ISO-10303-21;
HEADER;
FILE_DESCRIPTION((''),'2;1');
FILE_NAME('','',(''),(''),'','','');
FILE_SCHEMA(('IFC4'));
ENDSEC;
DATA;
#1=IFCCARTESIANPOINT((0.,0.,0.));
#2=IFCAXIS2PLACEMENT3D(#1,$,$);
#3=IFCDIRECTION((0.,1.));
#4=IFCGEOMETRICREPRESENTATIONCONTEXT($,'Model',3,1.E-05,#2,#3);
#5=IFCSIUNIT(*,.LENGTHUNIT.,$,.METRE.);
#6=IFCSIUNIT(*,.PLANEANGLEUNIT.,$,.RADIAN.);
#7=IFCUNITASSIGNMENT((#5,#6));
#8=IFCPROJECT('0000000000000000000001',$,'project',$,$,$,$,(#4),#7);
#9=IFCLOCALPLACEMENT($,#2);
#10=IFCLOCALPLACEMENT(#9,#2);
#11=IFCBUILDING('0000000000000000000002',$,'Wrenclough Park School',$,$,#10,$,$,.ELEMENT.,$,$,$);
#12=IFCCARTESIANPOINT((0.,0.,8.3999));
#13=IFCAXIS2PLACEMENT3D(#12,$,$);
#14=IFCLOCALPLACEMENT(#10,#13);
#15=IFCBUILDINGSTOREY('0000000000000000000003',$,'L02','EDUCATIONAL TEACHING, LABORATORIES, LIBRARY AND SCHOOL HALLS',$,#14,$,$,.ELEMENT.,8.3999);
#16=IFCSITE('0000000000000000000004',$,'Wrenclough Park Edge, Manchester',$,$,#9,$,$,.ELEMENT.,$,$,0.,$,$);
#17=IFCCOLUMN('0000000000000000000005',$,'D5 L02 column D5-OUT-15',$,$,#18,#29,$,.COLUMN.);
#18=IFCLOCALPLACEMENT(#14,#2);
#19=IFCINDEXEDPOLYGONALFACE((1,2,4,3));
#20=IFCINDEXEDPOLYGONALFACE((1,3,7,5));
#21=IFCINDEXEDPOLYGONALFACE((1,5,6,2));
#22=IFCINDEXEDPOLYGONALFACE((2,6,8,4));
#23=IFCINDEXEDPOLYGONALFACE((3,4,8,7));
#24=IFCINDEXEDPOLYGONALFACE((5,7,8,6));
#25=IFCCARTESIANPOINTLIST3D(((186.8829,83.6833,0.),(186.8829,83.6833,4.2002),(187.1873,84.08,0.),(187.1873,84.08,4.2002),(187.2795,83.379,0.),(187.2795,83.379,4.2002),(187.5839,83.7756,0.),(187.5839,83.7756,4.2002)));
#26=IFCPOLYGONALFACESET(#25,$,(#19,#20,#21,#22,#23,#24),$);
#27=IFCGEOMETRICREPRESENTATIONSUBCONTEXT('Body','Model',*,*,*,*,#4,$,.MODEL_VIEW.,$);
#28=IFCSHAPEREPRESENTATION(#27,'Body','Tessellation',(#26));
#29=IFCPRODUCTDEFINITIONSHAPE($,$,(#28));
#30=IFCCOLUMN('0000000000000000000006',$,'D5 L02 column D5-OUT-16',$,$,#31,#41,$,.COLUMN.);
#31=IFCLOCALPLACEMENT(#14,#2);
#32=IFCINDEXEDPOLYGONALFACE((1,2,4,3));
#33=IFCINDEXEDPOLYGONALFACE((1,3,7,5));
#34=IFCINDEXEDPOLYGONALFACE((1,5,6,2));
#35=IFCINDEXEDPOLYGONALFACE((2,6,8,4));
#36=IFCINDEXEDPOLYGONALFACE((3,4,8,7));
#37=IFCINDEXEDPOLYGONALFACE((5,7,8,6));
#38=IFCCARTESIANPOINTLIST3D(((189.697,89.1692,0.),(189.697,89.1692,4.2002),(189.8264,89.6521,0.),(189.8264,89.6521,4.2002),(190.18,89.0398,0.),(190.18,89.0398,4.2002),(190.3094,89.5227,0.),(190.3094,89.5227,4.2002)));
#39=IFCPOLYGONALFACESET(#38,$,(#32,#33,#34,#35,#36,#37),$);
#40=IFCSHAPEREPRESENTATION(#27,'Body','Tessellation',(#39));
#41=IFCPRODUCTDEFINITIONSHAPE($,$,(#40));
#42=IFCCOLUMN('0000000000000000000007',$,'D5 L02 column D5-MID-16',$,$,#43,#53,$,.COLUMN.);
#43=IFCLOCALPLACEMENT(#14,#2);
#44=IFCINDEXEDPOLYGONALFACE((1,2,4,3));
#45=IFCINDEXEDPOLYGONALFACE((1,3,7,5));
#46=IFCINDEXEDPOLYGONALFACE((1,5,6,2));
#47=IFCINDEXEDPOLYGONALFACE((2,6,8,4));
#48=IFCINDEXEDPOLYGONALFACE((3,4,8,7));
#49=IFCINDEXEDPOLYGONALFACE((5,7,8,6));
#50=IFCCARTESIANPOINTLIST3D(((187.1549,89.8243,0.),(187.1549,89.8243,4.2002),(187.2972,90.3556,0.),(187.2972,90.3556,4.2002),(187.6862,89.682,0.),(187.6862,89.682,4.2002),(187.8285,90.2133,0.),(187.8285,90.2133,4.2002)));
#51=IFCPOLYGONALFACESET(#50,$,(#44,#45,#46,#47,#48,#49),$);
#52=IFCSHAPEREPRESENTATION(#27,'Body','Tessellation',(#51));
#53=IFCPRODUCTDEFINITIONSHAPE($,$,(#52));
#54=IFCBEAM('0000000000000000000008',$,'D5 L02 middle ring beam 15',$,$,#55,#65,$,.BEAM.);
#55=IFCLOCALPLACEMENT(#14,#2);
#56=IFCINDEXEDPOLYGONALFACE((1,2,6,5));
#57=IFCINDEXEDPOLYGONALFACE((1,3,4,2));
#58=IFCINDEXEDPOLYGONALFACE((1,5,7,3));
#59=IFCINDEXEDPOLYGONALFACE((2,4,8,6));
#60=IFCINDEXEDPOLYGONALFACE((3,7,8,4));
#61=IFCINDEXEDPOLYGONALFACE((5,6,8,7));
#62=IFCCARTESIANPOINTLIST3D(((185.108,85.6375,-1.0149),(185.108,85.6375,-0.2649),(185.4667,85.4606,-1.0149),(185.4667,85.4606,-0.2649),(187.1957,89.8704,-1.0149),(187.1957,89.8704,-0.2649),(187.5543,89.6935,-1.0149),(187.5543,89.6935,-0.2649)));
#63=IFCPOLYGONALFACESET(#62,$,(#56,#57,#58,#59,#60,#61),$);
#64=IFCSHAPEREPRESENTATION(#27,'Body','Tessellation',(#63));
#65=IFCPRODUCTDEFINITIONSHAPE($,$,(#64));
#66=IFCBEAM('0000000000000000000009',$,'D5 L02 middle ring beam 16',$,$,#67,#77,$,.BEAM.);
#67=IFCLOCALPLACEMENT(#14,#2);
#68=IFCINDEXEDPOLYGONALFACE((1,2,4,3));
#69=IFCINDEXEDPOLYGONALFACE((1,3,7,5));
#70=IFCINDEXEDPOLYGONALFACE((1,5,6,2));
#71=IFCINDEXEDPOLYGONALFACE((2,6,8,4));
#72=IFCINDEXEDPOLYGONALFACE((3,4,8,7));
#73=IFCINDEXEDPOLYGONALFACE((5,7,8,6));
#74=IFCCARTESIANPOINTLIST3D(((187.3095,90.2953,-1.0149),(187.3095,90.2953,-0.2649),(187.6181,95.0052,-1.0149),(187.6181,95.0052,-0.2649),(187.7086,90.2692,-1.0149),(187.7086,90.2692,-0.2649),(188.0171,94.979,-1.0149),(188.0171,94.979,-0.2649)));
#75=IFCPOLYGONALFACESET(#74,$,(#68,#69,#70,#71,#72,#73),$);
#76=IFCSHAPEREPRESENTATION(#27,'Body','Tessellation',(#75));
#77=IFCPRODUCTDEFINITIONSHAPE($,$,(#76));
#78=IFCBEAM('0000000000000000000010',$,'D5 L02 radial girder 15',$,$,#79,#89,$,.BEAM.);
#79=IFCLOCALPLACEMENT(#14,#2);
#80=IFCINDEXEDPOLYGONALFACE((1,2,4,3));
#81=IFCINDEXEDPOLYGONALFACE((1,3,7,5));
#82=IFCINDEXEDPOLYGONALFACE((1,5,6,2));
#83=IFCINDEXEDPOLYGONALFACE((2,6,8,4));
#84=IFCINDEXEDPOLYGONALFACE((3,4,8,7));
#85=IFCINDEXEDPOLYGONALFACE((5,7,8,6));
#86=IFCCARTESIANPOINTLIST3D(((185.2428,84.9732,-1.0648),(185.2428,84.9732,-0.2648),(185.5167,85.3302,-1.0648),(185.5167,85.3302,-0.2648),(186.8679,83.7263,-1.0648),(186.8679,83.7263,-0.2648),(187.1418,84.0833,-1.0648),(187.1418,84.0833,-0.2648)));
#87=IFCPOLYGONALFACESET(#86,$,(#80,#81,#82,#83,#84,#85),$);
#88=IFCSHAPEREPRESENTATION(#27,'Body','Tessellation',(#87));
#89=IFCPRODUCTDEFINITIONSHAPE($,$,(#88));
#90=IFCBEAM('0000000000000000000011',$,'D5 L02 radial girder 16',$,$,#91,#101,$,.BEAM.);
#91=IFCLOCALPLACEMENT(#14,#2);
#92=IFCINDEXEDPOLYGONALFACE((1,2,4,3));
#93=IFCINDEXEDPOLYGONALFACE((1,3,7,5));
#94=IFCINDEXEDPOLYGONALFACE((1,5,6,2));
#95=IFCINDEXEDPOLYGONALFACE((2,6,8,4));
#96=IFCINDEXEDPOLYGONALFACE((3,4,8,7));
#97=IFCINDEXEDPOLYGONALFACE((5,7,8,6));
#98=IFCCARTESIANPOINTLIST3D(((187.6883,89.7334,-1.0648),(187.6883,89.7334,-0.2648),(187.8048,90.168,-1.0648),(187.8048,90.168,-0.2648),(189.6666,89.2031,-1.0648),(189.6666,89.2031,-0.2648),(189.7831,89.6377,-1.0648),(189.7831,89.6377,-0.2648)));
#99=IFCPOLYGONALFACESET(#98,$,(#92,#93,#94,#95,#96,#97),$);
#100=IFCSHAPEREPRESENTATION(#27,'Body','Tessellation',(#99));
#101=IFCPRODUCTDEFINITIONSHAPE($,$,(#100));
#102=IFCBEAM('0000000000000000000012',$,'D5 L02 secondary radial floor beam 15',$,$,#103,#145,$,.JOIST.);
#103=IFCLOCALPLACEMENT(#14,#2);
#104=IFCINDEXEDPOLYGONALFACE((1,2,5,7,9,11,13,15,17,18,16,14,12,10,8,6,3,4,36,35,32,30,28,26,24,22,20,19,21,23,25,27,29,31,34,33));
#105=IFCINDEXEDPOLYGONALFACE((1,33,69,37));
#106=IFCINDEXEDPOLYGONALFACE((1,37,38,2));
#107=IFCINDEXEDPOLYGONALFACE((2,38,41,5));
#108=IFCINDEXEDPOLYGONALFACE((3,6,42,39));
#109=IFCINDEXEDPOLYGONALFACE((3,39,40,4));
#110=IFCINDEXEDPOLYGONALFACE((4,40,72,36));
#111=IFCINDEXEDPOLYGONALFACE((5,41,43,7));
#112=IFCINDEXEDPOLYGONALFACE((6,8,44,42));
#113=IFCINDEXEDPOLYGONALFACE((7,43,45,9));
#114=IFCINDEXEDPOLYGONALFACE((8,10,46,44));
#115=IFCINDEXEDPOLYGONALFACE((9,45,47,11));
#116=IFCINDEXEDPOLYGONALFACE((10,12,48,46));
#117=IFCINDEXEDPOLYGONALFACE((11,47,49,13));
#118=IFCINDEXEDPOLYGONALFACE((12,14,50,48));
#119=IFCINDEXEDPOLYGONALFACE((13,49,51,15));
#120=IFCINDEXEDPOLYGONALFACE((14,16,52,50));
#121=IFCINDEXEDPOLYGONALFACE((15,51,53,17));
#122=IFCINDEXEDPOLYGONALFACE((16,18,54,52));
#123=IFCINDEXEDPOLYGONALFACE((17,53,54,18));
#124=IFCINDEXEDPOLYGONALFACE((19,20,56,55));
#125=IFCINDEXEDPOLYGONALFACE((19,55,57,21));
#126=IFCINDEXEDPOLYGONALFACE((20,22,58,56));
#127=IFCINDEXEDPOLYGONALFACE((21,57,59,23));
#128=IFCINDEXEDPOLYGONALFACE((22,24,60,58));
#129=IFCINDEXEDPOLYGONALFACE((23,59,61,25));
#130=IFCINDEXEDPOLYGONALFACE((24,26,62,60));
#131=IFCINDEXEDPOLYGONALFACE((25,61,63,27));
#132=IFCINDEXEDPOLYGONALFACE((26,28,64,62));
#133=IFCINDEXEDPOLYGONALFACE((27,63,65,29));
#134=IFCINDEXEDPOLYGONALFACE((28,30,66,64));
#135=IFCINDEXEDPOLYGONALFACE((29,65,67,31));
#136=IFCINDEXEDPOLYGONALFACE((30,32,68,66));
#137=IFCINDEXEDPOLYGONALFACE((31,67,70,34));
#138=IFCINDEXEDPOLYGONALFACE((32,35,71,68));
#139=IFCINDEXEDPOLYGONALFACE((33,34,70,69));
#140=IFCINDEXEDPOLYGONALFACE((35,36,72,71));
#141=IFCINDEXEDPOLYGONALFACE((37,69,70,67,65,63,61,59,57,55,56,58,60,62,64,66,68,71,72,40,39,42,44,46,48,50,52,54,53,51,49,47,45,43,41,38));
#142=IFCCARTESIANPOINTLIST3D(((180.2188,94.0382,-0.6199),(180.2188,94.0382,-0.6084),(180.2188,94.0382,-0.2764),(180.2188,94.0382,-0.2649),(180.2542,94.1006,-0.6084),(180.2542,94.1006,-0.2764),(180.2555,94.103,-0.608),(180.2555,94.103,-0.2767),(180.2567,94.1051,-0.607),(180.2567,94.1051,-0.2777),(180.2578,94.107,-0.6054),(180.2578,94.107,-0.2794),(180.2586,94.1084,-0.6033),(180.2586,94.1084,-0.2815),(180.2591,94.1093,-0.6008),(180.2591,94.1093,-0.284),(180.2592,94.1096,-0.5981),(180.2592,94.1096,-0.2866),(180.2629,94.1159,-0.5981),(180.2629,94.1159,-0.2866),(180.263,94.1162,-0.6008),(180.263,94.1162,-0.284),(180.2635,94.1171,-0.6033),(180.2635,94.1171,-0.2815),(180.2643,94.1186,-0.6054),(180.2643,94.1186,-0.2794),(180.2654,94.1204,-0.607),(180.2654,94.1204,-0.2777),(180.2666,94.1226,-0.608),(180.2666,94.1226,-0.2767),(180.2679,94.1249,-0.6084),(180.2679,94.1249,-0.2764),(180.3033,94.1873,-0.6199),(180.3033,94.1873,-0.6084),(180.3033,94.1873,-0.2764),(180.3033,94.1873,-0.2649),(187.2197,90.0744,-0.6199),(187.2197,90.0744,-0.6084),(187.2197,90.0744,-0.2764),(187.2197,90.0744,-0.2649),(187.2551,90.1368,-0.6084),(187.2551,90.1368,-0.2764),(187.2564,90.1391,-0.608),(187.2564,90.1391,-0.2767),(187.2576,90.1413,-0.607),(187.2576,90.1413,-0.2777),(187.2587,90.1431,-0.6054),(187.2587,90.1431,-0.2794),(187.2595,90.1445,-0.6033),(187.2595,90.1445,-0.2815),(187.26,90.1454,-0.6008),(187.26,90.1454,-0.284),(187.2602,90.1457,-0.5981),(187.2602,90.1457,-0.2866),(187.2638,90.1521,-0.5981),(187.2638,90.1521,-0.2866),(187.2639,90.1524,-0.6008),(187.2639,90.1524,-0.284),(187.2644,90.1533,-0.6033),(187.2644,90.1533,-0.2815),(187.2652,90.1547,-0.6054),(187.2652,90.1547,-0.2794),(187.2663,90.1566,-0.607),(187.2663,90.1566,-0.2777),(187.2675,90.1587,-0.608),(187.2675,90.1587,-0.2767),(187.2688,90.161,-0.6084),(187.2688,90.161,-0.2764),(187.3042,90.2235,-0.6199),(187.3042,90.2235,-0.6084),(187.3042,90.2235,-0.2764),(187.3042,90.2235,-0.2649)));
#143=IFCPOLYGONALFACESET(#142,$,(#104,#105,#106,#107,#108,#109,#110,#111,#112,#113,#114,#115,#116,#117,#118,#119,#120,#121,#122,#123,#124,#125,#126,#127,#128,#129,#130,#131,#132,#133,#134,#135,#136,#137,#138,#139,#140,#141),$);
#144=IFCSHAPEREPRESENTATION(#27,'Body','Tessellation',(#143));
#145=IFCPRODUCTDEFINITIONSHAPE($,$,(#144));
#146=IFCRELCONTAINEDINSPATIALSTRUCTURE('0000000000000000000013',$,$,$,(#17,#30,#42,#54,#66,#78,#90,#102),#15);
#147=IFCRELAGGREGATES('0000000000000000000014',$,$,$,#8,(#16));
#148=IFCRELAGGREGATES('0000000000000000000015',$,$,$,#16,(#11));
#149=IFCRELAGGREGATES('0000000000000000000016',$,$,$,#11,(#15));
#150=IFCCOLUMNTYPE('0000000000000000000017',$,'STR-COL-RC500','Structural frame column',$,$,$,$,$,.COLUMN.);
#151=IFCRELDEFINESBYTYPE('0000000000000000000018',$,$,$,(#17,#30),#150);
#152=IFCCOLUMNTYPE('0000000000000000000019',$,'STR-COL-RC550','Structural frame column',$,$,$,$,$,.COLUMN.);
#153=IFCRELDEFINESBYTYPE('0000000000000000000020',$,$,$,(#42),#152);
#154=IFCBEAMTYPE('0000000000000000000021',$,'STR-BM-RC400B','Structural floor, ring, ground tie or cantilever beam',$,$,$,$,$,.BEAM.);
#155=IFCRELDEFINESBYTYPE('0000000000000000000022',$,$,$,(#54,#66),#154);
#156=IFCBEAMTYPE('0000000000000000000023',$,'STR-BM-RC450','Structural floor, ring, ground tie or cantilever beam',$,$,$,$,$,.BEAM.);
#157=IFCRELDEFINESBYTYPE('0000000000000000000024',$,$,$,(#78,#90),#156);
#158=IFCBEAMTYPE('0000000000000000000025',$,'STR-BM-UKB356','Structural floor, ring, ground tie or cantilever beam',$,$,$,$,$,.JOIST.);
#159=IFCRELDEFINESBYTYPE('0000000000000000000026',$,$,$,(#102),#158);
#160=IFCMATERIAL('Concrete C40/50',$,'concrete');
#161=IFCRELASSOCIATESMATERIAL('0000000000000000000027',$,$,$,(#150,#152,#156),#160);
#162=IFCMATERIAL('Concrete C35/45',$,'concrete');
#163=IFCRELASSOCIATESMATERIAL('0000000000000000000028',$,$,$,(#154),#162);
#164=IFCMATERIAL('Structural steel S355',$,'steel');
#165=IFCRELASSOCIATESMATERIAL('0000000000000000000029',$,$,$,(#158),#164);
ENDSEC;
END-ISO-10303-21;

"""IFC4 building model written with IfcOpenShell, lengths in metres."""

from ifc_helpers import new_model, si_unit, direction, frame, origin, origin_2d, place, context, subcontext, project, spatial, rectangle, i_section, extrude, material, material_profile, profile_set, type_object, element, save


model = new_model("IFC4")

# Units and contexts
model_context = context("Model", 3, precision=1e-05, world=origin(), true_north=direction((0.0, 1.0)))
body_context = subcontext(model_context, "Body", "Model", "MODEL_VIEW")
ifc_project = project(units=[si_unit("LENGTHUNIT", "METRE"), si_unit("PLANEANGLEUNIT", "RADIAN")], contexts=[model_context])

# Site, building, storey
site_placement = place(None, origin())
site = spatial("IfcSite", under=ifc_project, at=site_placement, Name="Wrenclough Park Edge, Manchester", CompositionType="ELEMENT", RefElevation=0.0)
building_placement = place(site_placement, origin())
building = spatial("IfcBuilding", under=site, at=building_placement, Name="Wrenclough Park School", CompositionType="ELEMENT")
storey_placement = place(building_placement, frame((0.0, 0.0, 8.3999)))
storey = spatial("IfcBuildingStorey", under=building, at=storey_placement, Name="L02", Description="EDUCATIONAL TEACHING, LABORATORIES, LIBRARY AND SCHOOL HALLS", CompositionType="ELEMENT", Elevation=8.3999)

# Columns
ifc_material_1 = material(Name="Concrete C40/50", Category="concrete")
ifc_material_profile_1 = material_profile(ifc_material_1, rectangle(XDim=0.5, YDim=0.5, at=origin_2d()), Name="RC COL 500x500")
ifc_profile_set_1 = profile_set([ifc_material_profile_1], Name="Concrete C40/50")
column_type_1 = type_object("IfcColumnType", Name="STR-COL-RC500", Description="Structural frame column", PredefinedType="COLUMN", material=ifc_profile_set_1)
for number, where, z_axis, x_axis, name in (
    (1, (187.2334, 83.7295, 0.0), (0.0, 0.0, 1.0), (0.608761, 0.793353, 0.0), "D5 L02 column D5-OUT-15"),
    (2, (190.0032, 89.3459, 0.0), (0.0, 0.0, 1.0), (0.258819, 0.965926, 0.0), "D5 L02 column D5-OUT-16"),
):
    element("IfcColumn", number, at=place(storey_placement, frame(where, z_axis=z_axis, x_axis=x_axis)), inside=storey, type_object=column_type_1, Name=name, PredefinedType="COLUMN", context=body_context, shape_type="SweptSolid", body=[
        extrude(rectangle(XDim=0.5, YDim=0.5, at=origin_2d()), origin(), (0.0, 0.0, 1.0), 4.2002),
    ])
ifc_material_profile_2 = material_profile(ifc_material_1, rectangle(XDim=0.55, YDim=0.55, at=origin_2d()), Name="RC COL 550x550")
ifc_profile_set_2 = profile_set([ifc_material_profile_2], Name="Concrete C40/50")
column_type_2 = type_object("IfcColumnType", Name="STR-COL-RC550", Description="Structural frame column", PredefinedType="COLUMN", material=ifc_profile_set_2)
column_placement = place(storey_placement, frame((187.4917, 90.0188, 0.0), z_axis=(0.0, 0.0, 1.0), x_axis=(0.258819, 0.965926, 0.0)))
element("IfcColumn", 3, at=column_placement, inside=storey, type_object=column_type_2, Name="D5 L02 column D5-MID-16", PredefinedType="COLUMN", context=body_context, shape_type="SweptSolid", body=[
    extrude(rectangle(XDim=0.55, YDim=0.55, at=origin_2d()), origin(), (0.0, 0.0, 1.0), 4.2002),
])

# Beams
ifc_material_2 = material(Name="Concrete C35/45", Category="concrete")
ifc_material_profile_3 = material_profile(ifc_material_2, rectangle(XDim=0.3999, YDim=0.75, at=origin_2d()), Name="RC BEAM 400x750")
ifc_profile_set_3 = profile_set([ifc_material_profile_3], Name="Concrete C35/45")
beam_type_1 = type_object("IfcBeamType", Name="STR-BM-RC400B", Description="Structural floor, ring, ground tie or cantilever beam", PredefinedType="BEAM", material=ifc_profile_set_3)
beam_1_placement = place(storey_placement, frame((185.2874, 85.5491, -0.6399), z_axis=(0.442324, 0.896855, 0.0), x_axis=(-0.896855, 0.442324, 0.0)))
element("IfcBeam", 4, at=beam_1_placement, inside=storey, type_object=beam_type_1, Name="D5 L02 middle ring beam 15", PredefinedType="BEAM", context=body_context, shape_type="SweptSolid", body=[
    extrude(rectangle(XDim=0.3999, YDim=0.75, at=origin_2d()), origin(), (0.0, 0.0, 1.0), 4.7197),
])
beam_2_placement = place(storey_placement, frame((187.509, 90.2822, -0.6399), z_axis=(0.065379, 0.99786, 0.0), x_axis=(-0.99786, 0.065379, 0.0)))
element("IfcBeam", 5, at=beam_2_placement, inside=storey, type_object=beam_type_1, Name="D5 L02 middle ring beam 16", PredefinedType="BEAM", context=body_context, shape_type="SweptSolid", body=[
    extrude(rectangle(XDim=0.3999, YDim=0.75, at=origin_2d()), origin(), (0.0, 0.0, 1.0), 4.72),
])
ifc_material_profile_4 = material_profile(ifc_material_1, rectangle(XDim=0.45, YDim=0.8, at=origin_2d()), Name="RC BEAM 450x800")
ifc_profile_set_4 = profile_set([ifc_material_profile_4], Name="Concrete C40/50")
beam_type_2 = type_object("IfcBeamType", Name="STR-BM-RC450", Description="Structural floor, ring, ground tie or cantilever beam", PredefinedType="BEAM", material=ifc_profile_set_4)
beam_3_placement = place(storey_placement, frame((187.0049, 83.9048, -0.6648), z_axis=(-0.793372, 0.608737, 0.0), x_axis=(-0.608737, -0.793372, 0.0)))
element("IfcBeam", 6, at=beam_3_placement, inside=storey, type_object=beam_type_2, Name="D5 L02 radial girder 15", PredefinedType="BEAM", context=body_context, shape_type="SweptSolid", body=[
    extrude(rectangle(XDim=0.45, YDim=0.8, at=origin_2d()), origin(), (0.0, 0.0, 1.0), 2.0483),
])
beam_4_placement = place(storey_placement, frame((189.7249, 89.4204, -0.6648), z_axis=(-0.965902, 0.258909, 0.0), x_axis=(-0.258909, -0.965902, 0.0)))
element("IfcBeam", 7, at=beam_4_placement, inside=storey, type_object=beam_type_2, Name="D5 L02 radial girder 16", PredefinedType="BEAM", context=body_context, shape_type="SweptSolid", body=[
    extrude(rectangle(XDim=0.45, YDim=0.8, at=origin_2d()), origin(), (0.0, 0.0, 1.0), 2.0481),
])
ifc_material_3 = material(Name="Structural steel S355", Category="steel")
ifc_material_profile_5 = material_profile(ifc_material_3, i_section(OverallWidth=0.1714, OverallDepth=0.355, WebThickness=0.0073, FlangeThickness=0.0115, FilletRadius=0.0103, at=origin_2d()), Name="UKB 356x171x51")
ifc_profile_set_5 = profile_set([ifc_material_profile_5], Name="Structural steel S355")
beam_type_3 = type_object("IfcBeamType", Name="STR-BM-UKB356", Description="Structural floor, ring, ground tie or cantilever beam", PredefinedType="JOIST", material=ifc_profile_set_5)
beam_5_placement = place(storey_placement, frame((187.262, 90.1489, -0.4424), z_axis=(-0.870201, 0.492697, 0.0), x_axis=(-0.492697, -0.870201, 0.0)))
element("IfcBeam", 8, at=beam_5_placement, inside=storey, type_object=beam_type_3, Name="D5 L02 secondary radial floor beam 15", PredefinedType="JOIST", context=body_context, shape_type="SweptSolid", body=[
    extrude(i_section(OverallWidth=0.1714, OverallDepth=0.355, WebThickness=0.0073, FlangeThickness=0.0115, FilletRadius=0.0103, at=origin_2d()), origin(), (0.0, 0.0, 1.0), 8.0452),
])

save(model, "model.ifc")
